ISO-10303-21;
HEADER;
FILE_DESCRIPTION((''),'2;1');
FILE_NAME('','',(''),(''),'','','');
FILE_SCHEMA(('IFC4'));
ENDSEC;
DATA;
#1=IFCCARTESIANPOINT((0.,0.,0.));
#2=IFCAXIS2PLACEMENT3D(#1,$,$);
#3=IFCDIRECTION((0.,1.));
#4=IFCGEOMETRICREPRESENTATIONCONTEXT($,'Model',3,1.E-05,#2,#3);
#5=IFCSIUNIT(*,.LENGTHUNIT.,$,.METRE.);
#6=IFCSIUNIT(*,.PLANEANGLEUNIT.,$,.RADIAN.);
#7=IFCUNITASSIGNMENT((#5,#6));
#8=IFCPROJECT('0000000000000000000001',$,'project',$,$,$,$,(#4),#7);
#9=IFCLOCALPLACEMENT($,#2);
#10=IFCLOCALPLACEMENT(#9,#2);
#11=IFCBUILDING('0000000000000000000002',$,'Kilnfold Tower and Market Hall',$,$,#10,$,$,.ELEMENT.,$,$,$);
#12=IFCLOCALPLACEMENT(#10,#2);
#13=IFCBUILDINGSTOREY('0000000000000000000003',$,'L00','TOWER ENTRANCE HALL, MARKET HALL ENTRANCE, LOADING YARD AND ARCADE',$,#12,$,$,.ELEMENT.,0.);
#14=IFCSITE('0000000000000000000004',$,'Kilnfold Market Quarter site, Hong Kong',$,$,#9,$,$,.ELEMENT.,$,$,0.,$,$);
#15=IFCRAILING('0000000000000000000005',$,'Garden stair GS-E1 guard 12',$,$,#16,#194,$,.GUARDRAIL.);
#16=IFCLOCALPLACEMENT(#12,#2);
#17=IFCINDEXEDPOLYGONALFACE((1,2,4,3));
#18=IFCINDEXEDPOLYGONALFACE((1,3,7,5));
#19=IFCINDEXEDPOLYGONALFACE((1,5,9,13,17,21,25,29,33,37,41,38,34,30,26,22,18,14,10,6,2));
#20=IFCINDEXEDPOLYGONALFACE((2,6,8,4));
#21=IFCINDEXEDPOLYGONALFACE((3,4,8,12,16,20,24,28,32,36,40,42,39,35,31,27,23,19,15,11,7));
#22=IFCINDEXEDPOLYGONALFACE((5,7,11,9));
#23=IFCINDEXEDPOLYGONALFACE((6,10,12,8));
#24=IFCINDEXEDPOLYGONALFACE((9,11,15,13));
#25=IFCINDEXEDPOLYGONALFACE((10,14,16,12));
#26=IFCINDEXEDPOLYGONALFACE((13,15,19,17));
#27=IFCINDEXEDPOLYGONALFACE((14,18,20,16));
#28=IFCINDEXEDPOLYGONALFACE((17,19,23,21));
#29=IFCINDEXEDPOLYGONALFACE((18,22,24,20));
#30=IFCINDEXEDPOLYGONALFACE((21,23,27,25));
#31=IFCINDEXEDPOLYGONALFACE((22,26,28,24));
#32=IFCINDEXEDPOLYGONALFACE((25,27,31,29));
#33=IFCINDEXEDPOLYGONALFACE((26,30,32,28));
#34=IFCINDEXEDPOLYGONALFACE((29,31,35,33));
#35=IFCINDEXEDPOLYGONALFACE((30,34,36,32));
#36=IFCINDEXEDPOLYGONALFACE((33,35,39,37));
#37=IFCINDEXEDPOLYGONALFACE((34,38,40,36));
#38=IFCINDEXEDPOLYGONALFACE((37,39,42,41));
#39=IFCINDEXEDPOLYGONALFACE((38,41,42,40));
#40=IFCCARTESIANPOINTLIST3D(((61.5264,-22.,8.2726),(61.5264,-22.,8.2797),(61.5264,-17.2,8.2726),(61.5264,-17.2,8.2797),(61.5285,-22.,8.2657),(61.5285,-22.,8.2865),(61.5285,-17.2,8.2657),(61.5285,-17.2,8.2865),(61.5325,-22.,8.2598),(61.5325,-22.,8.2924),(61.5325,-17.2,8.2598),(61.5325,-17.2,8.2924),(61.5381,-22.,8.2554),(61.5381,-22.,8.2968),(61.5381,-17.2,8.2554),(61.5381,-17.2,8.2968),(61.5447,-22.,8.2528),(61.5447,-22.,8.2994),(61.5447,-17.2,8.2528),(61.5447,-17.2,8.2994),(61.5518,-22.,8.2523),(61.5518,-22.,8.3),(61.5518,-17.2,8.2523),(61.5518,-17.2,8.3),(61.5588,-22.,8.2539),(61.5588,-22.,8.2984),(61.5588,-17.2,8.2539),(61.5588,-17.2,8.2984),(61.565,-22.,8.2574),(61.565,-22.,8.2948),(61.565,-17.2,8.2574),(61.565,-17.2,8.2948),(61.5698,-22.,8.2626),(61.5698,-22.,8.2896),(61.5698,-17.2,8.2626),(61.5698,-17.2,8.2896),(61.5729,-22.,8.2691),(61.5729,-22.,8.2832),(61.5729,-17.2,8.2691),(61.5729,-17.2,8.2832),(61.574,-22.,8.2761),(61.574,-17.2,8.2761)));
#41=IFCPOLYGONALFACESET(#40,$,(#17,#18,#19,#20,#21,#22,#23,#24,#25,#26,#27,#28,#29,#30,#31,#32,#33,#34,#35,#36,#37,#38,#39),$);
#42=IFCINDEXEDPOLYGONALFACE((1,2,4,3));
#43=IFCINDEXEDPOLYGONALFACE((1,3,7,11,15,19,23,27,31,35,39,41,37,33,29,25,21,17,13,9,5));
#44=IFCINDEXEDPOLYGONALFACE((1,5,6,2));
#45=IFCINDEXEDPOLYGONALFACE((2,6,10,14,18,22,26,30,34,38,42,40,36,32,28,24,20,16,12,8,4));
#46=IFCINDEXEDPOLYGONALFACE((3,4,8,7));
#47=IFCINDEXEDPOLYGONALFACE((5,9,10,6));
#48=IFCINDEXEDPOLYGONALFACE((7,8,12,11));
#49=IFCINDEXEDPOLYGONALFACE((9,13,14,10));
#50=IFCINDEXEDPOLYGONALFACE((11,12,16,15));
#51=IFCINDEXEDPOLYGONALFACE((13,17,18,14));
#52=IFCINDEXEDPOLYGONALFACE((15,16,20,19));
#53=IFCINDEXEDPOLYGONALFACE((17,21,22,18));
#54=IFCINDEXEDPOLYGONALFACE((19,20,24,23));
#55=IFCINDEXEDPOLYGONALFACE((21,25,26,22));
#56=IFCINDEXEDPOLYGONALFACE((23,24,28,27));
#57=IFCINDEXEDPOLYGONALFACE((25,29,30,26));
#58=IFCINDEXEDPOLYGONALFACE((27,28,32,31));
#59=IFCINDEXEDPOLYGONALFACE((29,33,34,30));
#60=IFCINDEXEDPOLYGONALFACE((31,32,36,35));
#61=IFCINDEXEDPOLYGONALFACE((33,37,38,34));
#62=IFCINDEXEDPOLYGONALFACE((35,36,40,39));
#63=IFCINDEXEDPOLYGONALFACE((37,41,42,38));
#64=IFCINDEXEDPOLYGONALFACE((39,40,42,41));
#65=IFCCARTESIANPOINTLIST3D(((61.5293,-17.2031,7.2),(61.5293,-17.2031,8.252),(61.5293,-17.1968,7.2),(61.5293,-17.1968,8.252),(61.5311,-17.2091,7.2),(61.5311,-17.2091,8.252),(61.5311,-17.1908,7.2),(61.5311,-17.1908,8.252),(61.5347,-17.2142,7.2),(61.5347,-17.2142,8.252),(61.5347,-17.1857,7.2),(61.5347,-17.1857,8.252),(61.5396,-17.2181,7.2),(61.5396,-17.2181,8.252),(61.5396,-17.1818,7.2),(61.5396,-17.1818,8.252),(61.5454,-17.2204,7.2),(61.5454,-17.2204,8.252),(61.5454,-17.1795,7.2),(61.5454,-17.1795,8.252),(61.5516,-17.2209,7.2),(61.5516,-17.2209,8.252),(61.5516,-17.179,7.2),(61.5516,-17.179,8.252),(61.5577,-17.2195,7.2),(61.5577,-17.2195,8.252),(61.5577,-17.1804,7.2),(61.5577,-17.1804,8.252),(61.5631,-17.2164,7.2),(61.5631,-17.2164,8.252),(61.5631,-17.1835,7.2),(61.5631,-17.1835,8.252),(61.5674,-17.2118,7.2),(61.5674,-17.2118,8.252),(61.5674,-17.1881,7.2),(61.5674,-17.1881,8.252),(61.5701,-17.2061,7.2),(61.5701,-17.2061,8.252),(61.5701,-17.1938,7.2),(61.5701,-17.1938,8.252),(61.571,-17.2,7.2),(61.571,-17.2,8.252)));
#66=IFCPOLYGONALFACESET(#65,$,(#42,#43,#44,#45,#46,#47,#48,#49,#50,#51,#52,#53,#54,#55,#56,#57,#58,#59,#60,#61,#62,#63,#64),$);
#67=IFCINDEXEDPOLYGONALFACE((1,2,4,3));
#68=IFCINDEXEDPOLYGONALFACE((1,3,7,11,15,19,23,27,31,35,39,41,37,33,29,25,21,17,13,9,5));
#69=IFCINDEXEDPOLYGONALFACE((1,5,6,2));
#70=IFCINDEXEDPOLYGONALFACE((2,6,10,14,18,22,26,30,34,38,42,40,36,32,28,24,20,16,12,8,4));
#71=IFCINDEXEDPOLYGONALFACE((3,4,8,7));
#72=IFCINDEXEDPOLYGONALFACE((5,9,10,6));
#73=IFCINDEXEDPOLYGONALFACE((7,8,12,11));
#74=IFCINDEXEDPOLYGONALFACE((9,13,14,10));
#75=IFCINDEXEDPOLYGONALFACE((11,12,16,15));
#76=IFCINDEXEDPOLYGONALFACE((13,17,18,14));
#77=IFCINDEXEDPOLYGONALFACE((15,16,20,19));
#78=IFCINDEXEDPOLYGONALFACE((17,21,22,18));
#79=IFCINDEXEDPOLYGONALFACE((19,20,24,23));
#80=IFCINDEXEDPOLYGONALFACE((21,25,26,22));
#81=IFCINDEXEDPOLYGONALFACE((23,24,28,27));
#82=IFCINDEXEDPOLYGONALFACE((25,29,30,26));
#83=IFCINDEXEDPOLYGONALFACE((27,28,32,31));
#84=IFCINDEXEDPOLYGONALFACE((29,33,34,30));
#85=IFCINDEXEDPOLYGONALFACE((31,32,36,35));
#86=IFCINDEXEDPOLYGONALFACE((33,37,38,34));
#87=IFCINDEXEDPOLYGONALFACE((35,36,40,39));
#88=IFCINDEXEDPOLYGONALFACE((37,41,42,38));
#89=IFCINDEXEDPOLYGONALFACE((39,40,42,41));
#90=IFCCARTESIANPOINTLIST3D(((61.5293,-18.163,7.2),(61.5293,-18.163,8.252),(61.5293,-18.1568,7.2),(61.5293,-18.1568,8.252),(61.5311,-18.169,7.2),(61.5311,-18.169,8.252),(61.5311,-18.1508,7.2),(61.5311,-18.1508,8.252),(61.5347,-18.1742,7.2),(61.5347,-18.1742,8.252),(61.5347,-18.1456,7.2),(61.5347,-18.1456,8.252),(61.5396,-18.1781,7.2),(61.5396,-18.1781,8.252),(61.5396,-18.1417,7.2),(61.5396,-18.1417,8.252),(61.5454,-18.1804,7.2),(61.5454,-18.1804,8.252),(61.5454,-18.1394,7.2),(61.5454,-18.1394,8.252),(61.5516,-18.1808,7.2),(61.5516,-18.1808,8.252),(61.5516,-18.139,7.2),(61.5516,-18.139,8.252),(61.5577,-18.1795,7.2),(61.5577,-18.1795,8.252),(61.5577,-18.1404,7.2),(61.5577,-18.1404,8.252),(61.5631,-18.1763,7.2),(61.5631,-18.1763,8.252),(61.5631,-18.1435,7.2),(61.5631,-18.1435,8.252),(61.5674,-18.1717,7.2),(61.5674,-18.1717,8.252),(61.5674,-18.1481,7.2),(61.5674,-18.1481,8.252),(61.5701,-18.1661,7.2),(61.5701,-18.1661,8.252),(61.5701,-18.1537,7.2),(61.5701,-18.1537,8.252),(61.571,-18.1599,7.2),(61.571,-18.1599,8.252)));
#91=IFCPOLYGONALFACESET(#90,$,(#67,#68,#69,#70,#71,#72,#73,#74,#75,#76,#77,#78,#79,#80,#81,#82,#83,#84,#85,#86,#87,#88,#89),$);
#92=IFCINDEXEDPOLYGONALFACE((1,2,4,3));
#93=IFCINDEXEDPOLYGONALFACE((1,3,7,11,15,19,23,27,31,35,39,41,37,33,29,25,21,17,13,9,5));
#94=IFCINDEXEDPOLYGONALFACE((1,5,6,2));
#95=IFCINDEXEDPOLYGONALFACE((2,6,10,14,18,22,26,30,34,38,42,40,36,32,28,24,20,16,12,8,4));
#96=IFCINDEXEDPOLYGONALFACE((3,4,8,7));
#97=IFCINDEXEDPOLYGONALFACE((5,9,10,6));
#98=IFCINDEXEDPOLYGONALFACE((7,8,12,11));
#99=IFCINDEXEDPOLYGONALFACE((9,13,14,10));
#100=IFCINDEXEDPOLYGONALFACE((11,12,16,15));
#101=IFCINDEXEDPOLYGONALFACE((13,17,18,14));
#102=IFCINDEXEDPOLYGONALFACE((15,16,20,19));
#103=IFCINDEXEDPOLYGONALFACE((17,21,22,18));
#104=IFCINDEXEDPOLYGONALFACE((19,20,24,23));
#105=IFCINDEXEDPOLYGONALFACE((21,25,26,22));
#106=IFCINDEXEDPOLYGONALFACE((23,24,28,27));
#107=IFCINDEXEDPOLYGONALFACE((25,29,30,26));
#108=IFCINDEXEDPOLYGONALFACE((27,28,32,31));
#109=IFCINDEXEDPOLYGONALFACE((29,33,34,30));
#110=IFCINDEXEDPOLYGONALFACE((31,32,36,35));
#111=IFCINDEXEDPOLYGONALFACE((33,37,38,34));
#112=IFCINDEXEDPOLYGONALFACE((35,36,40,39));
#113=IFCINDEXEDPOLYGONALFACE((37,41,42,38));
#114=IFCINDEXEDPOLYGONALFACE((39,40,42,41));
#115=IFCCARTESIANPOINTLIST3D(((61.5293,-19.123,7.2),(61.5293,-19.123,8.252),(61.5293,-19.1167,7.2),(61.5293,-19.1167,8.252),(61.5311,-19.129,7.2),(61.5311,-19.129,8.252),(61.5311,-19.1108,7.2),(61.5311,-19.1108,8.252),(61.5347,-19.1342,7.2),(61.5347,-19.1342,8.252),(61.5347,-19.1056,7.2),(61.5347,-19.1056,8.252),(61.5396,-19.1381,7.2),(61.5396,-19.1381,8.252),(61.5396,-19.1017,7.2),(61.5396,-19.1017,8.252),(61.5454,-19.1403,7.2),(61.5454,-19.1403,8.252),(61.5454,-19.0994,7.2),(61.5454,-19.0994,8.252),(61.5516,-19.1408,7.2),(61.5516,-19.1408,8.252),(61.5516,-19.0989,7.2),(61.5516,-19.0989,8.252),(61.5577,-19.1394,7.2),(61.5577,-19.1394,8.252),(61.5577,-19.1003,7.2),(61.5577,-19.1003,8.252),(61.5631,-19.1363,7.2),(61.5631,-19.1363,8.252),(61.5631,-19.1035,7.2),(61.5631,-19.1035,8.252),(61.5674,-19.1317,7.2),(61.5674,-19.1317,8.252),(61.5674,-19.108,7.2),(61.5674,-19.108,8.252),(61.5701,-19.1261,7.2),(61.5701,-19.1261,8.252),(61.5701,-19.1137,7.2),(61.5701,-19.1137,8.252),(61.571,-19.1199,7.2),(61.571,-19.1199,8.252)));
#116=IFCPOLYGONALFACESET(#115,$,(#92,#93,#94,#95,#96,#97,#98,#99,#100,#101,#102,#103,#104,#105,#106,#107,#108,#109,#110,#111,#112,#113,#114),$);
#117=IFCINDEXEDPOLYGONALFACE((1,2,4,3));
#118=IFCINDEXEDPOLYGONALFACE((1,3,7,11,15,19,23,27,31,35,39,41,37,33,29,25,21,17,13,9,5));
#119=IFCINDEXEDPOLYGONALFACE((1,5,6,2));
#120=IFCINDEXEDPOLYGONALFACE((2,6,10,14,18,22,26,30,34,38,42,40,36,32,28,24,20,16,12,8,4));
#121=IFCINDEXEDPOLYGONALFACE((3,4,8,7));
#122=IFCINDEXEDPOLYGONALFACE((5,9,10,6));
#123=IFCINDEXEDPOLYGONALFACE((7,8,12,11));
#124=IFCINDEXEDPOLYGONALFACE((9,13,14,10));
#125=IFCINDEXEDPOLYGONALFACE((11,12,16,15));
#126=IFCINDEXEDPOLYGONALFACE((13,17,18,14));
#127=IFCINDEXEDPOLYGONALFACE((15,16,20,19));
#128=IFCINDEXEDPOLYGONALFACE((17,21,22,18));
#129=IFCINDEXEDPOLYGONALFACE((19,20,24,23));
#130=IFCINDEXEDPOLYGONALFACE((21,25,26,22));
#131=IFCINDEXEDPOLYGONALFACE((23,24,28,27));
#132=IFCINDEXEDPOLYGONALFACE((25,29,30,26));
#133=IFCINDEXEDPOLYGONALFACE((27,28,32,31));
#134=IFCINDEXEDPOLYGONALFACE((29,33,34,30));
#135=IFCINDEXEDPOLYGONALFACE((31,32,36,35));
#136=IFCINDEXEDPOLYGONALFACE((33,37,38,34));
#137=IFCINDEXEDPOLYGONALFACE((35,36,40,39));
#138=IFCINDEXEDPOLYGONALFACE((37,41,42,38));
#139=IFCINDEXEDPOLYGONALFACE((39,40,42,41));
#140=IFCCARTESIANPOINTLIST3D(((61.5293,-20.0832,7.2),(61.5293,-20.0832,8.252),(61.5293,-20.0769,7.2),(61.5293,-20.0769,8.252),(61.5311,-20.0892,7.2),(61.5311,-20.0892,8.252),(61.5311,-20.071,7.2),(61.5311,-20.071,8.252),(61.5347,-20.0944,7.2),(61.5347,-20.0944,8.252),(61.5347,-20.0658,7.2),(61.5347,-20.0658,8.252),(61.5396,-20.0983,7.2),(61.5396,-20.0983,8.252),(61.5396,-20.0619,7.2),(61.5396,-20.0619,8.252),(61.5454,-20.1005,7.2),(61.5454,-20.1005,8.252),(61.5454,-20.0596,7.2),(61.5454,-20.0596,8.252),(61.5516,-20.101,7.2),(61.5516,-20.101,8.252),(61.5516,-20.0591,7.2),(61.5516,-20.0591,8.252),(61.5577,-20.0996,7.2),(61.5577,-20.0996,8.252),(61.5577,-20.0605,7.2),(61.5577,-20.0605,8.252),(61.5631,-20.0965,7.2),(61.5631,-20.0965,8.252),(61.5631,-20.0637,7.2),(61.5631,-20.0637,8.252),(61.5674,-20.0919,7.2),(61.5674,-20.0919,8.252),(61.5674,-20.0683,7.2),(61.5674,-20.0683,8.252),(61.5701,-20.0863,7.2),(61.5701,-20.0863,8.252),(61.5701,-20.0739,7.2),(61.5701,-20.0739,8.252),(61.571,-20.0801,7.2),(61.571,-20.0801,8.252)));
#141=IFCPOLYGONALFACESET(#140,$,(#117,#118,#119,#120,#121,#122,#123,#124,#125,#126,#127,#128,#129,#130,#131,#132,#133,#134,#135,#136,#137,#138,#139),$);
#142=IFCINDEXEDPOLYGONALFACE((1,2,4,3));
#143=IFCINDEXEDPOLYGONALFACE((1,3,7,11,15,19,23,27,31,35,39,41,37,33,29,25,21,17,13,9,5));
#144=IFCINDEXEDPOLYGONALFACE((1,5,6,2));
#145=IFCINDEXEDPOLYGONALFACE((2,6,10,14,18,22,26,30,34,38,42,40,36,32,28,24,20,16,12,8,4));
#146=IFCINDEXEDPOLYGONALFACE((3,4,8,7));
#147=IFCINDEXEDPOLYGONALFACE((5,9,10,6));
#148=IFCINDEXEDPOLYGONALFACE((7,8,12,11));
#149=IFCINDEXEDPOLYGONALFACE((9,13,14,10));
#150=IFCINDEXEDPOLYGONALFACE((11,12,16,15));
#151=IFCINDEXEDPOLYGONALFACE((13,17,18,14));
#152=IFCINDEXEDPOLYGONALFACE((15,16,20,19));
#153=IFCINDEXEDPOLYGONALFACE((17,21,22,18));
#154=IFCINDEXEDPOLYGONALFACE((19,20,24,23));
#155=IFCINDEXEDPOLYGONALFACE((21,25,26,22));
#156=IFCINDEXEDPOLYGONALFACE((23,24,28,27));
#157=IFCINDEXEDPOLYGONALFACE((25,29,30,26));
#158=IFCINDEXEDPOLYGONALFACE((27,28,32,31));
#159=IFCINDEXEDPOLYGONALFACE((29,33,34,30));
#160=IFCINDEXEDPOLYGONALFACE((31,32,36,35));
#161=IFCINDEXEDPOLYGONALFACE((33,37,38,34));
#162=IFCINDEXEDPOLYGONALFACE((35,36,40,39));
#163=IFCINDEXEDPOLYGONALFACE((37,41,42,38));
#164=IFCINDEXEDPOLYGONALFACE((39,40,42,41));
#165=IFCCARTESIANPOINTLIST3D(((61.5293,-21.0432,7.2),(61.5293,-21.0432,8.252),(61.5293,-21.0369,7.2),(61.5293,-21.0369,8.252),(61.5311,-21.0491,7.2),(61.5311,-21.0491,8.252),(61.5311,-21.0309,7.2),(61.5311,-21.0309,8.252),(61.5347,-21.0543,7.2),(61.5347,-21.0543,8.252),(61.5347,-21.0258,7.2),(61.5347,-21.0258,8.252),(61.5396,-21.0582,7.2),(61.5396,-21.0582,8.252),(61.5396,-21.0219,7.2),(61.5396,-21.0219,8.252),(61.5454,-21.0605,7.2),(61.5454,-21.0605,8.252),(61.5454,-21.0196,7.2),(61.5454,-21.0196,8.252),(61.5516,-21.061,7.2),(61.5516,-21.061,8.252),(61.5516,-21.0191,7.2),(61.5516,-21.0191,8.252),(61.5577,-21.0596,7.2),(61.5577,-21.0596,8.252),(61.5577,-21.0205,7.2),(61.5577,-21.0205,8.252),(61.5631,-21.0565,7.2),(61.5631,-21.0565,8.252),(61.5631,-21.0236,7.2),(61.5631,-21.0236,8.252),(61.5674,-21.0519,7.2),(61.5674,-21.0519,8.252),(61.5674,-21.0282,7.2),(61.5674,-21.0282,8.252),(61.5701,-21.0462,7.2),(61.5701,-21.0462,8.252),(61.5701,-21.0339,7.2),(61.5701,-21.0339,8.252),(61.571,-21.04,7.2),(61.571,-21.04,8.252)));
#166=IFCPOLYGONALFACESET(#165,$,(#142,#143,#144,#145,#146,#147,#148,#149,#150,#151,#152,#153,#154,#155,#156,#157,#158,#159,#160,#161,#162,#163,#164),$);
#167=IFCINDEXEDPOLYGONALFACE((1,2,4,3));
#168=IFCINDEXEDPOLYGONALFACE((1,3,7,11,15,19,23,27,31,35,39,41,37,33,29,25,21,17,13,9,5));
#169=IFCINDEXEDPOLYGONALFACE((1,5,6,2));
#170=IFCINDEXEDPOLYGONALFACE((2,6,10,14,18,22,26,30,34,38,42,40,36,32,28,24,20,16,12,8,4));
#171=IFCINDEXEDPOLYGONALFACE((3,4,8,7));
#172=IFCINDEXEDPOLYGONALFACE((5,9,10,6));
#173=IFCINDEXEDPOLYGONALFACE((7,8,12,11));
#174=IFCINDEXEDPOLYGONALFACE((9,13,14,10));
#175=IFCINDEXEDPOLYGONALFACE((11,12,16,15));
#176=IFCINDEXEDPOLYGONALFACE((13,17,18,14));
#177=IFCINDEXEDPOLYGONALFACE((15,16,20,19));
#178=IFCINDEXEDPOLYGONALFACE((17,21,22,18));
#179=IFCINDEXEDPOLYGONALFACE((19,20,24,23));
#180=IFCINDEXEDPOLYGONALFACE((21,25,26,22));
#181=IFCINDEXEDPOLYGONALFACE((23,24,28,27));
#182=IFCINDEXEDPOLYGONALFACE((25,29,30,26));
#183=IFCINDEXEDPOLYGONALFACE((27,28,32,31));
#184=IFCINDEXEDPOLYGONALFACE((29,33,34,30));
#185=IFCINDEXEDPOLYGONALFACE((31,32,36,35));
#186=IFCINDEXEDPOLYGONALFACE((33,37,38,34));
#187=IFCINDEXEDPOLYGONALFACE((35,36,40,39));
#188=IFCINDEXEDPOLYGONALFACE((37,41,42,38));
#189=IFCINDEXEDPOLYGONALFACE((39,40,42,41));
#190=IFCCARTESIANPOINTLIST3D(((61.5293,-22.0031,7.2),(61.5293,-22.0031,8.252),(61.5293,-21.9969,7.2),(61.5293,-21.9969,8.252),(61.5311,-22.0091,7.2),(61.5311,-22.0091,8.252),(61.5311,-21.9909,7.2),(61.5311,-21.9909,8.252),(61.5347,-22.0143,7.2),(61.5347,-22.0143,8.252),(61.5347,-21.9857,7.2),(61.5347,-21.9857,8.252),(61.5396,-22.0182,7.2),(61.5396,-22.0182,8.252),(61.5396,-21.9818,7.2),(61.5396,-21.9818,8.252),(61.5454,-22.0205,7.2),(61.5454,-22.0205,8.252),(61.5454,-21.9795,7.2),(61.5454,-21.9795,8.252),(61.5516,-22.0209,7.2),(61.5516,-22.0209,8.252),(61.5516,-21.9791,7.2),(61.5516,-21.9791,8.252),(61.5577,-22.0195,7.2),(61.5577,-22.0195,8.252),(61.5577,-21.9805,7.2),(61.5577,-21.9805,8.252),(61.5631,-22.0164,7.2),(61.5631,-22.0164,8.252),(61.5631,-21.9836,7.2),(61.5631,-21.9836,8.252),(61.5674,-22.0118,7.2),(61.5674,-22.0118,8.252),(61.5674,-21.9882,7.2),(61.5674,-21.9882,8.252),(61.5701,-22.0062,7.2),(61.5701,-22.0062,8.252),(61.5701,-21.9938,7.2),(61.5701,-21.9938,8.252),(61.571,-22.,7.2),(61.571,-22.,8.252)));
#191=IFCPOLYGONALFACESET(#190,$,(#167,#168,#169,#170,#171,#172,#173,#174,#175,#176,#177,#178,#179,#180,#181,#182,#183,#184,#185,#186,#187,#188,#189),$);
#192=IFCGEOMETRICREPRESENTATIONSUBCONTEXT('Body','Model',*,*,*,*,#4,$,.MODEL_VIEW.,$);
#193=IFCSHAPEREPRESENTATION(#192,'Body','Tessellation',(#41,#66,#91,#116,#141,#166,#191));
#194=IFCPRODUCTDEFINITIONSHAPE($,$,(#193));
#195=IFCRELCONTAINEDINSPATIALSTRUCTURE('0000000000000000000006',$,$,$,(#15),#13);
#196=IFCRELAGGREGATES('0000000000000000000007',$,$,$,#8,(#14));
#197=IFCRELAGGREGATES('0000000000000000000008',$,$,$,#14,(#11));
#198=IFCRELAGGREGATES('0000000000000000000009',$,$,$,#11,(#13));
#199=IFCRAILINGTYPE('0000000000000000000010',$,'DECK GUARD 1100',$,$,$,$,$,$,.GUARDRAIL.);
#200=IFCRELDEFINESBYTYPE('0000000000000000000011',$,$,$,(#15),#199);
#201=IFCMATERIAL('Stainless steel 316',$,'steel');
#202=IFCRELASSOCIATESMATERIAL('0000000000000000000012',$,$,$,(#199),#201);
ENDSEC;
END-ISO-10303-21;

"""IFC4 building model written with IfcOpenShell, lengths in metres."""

from ifc_helpers import new_model, si_unit, direction, frame, origin, origin_2d, place, context, subcontext, project, spatial, circle, extrude, material, type_object, element, save


model = new_model("IFC4")

# Units and contexts
model_context = context("Model", 3, precision=1e-05, world=origin(), true_north=direction((0.0, 1.0)))
body_context = subcontext(model_context, "Body", "Model", "MODEL_VIEW")
ifc_project = project(units=[si_unit("LENGTHUNIT", "METRE"), si_unit("PLANEANGLEUNIT", "RADIAN")], contexts=[model_context])

# Site, building, storey
site_placement = place(None, origin())
site = spatial("IfcSite", under=ifc_project, at=site_placement, Name="Kilnfold Market Quarter site, Hong Kong", CompositionType="ELEMENT", RefElevation=0.0)
building_placement = place(site_placement, origin())
building = spatial("IfcBuilding", under=site, at=building_placement, Name="Kilnfold Tower and Market Hall", CompositionType="ELEMENT")
storey_placement = place(building_placement, origin())
storey = spatial("IfcBuildingStorey", under=building, at=storey_placement, Name="L00", Description="TOWER ENTRANCE HALL, MARKET HALL ENTRANCE, LOADING YARD AND ARCADE", CompositionType="ELEMENT", Elevation=0.0)

# Railing
ifc_material_1 = material(Name="Stainless steel 316", Category="steel")
railing_type_1 = type_object("IfcRailingType", Name="DECK GUARD 1100", PredefinedType="GUARDRAIL", material=ifc_material_1)
railing_1_placement = place(storey_placement, frame((61.55, -17.2, 7.2)))
element("IfcRailing", 1, at=railing_1_placement, inside=storey, type_object=railing_type_1, Name="Garden stair GS-E1 guard 12", PredefinedType="GUARDRAIL", context=body_context, shape_type="SweptSolid", body=[
    extrude(circle(Radius=0.0239, at=origin_2d()), frame((0.0, 0.0, 1.0762), z_axis=(0.0, -1.0, 0.0), x_axis=(1.0, 0.0, 0.0)), (0.0, 0.0, 1.0), 4.8),
    extrude(circle(Radius=0.021, at=origin_2d()), origin(), (0.0, 0.0, 1.0), 1.052),
    extrude(circle(Radius=0.021, at=origin_2d()), frame((0.0, -0.96, 0.0)), (0.0, 0.0, 1.0), 1.052),
    extrude(circle(Radius=0.021, at=origin_2d()), frame((0.0, -1.9199, 0.0)), (0.0, 0.0, 1.0), 1.052),
    extrude(circle(Radius=0.021, at=origin_2d()), frame((0.0, -2.8801, 0.0)), (0.0, 0.0, 1.0), 1.052),
    extrude(circle(Radius=0.021, at=origin_2d()), frame((0.0, -3.8401, 0.0)), (0.0, 0.0, 1.0), 1.052),
    extrude(circle(Radius=0.021, at=origin_2d()), frame((0.0, -4.8, 0.0)), (0.0, 0.0, 1.0), 1.052),
])

save(model, "model.ifc")
